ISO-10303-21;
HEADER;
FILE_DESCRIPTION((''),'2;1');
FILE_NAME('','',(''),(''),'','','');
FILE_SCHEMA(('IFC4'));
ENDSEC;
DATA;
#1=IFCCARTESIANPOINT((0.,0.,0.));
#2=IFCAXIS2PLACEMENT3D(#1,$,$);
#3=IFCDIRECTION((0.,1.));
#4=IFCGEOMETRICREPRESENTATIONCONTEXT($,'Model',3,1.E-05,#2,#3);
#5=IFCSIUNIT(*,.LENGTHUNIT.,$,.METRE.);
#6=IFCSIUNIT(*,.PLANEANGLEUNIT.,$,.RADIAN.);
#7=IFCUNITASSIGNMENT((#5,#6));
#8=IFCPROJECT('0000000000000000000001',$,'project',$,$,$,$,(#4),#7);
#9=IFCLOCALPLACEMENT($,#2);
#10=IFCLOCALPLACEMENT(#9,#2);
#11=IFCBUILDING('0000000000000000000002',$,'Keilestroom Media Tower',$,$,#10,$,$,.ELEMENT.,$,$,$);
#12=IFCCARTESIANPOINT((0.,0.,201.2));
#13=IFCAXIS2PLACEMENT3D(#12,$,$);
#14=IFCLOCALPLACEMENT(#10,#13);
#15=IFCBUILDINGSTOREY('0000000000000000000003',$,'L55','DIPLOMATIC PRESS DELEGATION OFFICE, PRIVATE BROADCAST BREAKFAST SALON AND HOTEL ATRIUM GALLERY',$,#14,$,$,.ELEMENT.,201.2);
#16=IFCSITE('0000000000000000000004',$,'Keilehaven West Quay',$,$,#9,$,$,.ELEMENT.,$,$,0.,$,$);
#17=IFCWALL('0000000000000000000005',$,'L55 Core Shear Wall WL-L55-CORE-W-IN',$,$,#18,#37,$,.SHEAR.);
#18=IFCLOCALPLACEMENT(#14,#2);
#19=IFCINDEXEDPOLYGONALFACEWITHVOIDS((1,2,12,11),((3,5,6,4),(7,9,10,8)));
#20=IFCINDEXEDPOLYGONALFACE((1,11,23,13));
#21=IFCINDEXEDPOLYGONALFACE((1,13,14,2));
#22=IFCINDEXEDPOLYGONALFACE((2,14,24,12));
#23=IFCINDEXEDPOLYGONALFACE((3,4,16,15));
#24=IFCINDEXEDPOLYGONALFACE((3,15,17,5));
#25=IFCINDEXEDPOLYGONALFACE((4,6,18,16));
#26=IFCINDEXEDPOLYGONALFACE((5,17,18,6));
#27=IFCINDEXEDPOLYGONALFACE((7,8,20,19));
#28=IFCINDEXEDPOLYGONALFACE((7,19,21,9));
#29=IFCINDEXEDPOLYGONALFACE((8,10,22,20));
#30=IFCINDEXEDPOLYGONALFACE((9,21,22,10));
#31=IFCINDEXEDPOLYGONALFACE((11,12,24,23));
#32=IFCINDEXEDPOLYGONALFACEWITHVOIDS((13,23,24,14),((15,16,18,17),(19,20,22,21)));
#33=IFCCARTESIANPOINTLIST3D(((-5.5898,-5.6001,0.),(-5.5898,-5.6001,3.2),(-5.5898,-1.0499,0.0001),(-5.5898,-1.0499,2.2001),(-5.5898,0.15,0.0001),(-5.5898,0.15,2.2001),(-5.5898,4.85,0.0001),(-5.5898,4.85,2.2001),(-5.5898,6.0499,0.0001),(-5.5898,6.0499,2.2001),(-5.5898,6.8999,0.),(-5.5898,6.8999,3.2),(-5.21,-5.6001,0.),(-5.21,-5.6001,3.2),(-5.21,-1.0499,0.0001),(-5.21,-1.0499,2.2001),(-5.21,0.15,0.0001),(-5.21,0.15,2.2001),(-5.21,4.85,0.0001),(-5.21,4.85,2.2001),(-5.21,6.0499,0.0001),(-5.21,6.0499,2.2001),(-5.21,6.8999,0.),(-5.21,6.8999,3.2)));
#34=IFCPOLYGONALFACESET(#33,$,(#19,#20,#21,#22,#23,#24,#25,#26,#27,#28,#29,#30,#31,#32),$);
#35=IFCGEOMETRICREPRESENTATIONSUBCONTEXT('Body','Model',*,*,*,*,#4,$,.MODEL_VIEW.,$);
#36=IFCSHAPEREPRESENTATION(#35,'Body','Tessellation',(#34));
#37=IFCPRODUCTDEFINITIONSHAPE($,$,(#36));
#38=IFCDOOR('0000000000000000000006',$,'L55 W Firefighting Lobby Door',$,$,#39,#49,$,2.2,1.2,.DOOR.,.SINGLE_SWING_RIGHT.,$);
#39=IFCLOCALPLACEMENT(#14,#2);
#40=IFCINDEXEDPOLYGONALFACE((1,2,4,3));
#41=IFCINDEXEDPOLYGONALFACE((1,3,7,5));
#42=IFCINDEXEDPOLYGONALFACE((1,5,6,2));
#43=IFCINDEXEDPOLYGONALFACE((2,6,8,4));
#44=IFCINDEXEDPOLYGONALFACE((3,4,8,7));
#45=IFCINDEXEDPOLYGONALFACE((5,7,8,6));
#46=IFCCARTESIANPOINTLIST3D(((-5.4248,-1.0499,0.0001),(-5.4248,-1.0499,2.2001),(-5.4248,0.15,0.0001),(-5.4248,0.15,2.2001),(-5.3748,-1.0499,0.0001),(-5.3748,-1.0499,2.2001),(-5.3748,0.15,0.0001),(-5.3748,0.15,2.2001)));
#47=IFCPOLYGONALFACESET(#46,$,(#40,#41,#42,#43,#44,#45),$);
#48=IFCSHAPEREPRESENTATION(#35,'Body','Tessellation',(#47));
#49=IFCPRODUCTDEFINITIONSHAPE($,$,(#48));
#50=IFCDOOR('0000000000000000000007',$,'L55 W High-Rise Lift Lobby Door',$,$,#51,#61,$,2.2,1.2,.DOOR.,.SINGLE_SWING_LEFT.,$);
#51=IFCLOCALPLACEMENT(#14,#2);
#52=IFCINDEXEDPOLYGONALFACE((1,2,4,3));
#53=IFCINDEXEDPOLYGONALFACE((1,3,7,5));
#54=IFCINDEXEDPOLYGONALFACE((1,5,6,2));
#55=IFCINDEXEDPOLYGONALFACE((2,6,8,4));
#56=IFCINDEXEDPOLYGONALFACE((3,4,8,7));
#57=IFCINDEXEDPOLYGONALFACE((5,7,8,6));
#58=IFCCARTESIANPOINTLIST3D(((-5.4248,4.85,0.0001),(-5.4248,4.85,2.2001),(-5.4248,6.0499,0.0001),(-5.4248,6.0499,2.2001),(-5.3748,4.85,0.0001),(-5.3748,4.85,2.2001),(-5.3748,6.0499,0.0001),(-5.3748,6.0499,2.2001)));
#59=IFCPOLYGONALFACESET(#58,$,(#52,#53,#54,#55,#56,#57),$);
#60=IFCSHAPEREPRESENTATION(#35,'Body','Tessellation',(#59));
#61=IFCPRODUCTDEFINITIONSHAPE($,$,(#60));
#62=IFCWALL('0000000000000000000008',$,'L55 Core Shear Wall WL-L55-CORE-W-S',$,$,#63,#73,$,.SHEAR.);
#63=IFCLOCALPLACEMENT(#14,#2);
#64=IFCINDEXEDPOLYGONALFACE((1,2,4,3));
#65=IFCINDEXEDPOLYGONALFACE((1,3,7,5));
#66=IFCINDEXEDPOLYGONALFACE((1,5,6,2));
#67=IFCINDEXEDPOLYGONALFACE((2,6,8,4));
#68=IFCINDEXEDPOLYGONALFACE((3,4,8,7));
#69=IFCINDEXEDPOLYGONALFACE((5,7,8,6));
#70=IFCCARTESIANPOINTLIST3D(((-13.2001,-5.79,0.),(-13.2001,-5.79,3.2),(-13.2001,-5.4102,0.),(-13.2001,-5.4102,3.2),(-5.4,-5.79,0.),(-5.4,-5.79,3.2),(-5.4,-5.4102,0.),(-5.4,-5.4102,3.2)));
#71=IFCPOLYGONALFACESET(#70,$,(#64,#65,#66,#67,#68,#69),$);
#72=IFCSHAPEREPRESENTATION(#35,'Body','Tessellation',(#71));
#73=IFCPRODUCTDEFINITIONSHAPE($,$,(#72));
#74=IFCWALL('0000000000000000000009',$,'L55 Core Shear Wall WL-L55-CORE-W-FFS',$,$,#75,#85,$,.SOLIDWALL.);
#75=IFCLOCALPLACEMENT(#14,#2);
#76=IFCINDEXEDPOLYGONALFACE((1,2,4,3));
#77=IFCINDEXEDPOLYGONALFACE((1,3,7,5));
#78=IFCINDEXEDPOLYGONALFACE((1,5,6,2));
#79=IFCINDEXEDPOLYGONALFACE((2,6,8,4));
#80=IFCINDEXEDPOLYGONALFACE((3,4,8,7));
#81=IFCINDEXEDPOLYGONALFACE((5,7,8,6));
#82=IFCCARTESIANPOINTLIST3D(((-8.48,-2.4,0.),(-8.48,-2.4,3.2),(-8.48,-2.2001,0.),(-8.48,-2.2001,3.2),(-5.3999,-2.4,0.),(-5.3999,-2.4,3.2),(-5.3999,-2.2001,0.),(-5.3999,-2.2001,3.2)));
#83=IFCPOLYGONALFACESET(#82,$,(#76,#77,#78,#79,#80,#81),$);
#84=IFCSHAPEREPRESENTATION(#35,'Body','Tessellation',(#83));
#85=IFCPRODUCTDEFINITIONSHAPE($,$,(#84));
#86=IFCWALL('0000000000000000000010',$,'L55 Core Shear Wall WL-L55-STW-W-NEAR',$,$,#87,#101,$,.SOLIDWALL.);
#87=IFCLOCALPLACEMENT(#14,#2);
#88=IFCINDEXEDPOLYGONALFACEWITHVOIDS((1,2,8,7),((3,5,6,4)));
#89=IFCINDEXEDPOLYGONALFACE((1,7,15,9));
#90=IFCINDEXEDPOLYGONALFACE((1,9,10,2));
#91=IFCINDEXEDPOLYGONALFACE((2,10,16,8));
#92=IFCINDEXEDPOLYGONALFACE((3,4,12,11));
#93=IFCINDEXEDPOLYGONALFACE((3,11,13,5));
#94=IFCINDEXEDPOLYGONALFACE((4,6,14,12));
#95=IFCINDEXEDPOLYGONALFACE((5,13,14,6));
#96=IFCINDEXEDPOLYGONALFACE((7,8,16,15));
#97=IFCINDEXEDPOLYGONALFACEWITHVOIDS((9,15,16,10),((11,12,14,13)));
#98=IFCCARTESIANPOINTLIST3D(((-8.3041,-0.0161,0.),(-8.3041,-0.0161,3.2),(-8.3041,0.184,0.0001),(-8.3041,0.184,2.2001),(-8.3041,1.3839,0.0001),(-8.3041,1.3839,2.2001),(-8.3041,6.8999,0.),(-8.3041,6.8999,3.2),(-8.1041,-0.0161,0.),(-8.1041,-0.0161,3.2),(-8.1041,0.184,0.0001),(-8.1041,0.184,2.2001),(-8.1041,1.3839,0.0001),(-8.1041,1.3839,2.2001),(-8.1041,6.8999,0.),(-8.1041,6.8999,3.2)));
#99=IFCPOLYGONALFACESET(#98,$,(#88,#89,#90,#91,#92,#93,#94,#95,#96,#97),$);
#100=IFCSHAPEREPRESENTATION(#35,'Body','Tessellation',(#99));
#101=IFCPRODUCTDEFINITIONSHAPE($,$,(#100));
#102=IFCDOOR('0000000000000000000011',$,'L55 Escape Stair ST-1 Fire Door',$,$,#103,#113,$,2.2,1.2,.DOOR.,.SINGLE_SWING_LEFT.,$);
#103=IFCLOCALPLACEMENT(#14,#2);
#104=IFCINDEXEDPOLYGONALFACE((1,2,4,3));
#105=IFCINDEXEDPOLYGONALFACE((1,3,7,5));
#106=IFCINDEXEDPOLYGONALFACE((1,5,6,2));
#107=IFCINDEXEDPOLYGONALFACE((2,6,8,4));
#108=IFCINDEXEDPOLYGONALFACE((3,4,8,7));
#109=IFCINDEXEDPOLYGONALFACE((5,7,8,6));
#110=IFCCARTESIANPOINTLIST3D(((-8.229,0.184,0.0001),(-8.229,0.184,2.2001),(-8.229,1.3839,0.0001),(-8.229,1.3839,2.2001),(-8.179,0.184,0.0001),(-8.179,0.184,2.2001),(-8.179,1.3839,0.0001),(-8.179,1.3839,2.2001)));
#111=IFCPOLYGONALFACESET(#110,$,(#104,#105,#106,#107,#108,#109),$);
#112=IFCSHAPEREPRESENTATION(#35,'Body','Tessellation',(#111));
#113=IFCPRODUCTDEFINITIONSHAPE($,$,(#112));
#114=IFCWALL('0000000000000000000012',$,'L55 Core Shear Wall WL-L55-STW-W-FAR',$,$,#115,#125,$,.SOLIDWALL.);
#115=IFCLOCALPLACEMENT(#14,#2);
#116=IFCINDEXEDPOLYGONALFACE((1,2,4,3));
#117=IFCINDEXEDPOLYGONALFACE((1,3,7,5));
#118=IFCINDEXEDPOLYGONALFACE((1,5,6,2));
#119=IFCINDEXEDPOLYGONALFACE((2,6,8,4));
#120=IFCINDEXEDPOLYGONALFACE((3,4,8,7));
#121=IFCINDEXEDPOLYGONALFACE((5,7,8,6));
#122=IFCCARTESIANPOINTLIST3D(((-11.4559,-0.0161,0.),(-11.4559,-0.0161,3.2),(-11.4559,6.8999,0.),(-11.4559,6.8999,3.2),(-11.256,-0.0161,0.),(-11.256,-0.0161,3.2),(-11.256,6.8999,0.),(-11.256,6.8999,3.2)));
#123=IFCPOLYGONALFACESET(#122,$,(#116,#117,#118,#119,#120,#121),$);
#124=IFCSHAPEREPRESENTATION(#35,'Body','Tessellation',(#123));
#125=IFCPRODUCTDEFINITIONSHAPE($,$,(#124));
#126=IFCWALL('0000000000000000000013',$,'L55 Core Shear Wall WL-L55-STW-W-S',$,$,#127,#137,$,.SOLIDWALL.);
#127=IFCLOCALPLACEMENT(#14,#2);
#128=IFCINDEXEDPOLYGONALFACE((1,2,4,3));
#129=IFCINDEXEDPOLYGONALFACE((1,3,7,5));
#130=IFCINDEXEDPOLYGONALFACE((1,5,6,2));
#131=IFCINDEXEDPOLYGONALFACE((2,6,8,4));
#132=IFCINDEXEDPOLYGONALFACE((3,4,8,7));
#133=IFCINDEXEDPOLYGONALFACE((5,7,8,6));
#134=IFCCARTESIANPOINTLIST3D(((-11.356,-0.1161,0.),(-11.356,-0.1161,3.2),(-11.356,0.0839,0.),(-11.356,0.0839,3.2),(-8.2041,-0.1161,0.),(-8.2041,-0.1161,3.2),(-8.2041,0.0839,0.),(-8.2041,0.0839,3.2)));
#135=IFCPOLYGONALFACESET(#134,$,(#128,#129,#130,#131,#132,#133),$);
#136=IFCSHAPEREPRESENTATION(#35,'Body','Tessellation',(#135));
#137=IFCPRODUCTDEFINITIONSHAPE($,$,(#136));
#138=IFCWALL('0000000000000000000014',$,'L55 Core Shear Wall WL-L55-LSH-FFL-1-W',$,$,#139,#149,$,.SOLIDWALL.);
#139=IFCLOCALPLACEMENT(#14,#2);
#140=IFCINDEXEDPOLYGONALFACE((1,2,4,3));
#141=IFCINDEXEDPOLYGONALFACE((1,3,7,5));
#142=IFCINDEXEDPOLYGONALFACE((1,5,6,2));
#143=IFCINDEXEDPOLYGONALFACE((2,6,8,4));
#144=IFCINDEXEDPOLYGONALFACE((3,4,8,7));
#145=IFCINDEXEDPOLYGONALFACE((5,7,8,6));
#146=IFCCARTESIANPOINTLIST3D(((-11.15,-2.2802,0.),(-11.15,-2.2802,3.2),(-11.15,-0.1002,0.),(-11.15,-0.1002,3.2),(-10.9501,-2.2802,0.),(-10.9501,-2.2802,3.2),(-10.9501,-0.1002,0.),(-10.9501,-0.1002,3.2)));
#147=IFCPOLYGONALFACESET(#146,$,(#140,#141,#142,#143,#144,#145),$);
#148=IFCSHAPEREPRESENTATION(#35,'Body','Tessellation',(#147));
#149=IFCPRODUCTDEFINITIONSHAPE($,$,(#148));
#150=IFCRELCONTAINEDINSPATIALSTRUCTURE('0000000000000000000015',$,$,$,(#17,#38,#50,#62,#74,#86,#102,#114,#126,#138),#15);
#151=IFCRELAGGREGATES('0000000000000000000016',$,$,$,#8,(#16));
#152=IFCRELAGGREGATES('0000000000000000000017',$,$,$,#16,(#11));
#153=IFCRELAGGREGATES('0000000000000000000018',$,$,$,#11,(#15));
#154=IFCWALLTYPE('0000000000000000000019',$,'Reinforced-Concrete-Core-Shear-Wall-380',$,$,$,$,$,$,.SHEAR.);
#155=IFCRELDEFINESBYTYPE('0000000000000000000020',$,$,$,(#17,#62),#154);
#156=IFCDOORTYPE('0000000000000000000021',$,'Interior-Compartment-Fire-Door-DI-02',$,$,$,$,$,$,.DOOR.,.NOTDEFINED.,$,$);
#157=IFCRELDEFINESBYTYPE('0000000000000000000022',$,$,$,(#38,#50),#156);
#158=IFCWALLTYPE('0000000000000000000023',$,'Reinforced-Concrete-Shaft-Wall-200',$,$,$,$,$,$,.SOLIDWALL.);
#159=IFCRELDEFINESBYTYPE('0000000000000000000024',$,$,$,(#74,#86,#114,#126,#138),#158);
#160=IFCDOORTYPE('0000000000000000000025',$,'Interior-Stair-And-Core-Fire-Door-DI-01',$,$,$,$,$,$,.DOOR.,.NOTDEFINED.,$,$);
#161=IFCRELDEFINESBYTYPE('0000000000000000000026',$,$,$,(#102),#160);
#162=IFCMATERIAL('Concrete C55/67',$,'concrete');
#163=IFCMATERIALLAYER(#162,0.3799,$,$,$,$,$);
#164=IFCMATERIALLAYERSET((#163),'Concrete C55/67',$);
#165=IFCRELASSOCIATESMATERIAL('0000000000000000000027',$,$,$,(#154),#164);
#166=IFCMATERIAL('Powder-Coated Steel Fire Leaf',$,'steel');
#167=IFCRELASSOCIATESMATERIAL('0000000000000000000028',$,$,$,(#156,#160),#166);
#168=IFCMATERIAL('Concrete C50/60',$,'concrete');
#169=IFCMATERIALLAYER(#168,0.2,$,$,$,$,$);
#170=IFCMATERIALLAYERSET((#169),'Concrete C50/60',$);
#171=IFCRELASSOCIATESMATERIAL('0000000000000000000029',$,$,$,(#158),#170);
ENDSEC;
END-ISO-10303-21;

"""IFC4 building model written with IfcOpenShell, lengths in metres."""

from ifc_helpers import new_model, si_unit, direction, frame, frame_2d, origin, place, context, subcontext, project, spatial, rectangle, extrude, source, transform, mapped, material, layer, layer_set, type_object, element, fill, save


model = new_model("IFC4")

# Units and contexts
model_context = context("Model", 3, precision=1e-05, world=origin(), true_north=direction((0.0, 1.0)))
body_context = subcontext(model_context, "Body", "Model", "MODEL_VIEW")
ifc_project = project(units=[si_unit("LENGTHUNIT", "METRE"), si_unit("PLANEANGLEUNIT", "RADIAN")], contexts=[model_context])

# Site, building, storey
site_placement = place(None, origin())
site = spatial("IfcSite", under=ifc_project, at=site_placement, Name="Keilehaven West Quay", CompositionType="ELEMENT", RefElevation=0.0)
building_placement = place(site_placement, origin())
building = spatial("IfcBuilding", under=site, at=building_placement, Name="Keilestroom Media Tower", CompositionType="ELEMENT")
storey_placement = place(building_placement, frame((0.0, 0.0, 201.2)))
storey = spatial("IfcBuildingStorey", under=building, at=storey_placement, Name="L55", Description="DIPLOMATIC PRESS DELEGATION OFFICE, PRIVATE BROADCAST BREAKFAST SALON AND HOTEL ATRIUM GALLERY", CompositionType="ELEMENT", Elevation=201.2)

# Shared definitions
ifc_material_1 = material(Name="Concrete C55/67", Category="concrete")

# Shared definitions
ifc_layer_1 = layer(ifc_material_1, 0.3799)
ifc_layer_set_1 = layer_set([ifc_layer_1], Name="Concrete C55/67")
wall_type_1 = type_object("IfcWallType", Name="Reinforced-Concrete-Core-Shear-Wall-380", PredefinedType="SHEAR", material=ifc_layer_set_1)

# Wall, openings, doors
wall_1_placement = place(storey_placement, frame((-5.3999, -5.6001, 0.0), z_axis=(0.0, 0.0, 1.0), x_axis=(0.0, 1.0, 0.0)))
wall_1 = element("IfcWall", 1, at=wall_1_placement, inside=storey, type_object=wall_type_1, Name="L55 Core Shear Wall WL-L55-CORE-W-IN", PredefinedType="SHEAR", context=body_context, shape_type="SweptSolid", body=[
    extrude(rectangle(XDim=12.5, YDim=0.3799, at=frame_2d((6.25, 0.0))), origin(), (0.0, 0.0, 1.0), 3.2),
])
opening_1_placement = place(wall_1_placement, frame((4.55, 0.0, 0.0)))
opening_1 = element("IfcOpeningElement", 2, at=opening_1_placement, cuts=wall_1, PredefinedType="OPENING", context=body_context, shape_type="SweptSolid", body=[
    extrude(rectangle(XDim=1.2, YDim=2.2, at=frame_2d((0.6001, 1.1001))), frame((0.0, 0.2, 0.0), z_axis=(0.0, -1.0, 0.0), x_axis=(1.0, 0.0, 0.0)), (0.0, 0.0, 1.0), 0.3999),
])
opening_2_placement = place(wall_1_placement, frame((10.45, 0.0, 0.0)))
opening_2 = element("IfcOpeningElement", 3, at=opening_2_placement, cuts=wall_1, PredefinedType="OPENING", context=body_context, shape_type="SweptSolid", body=[
    extrude(rectangle(XDim=1.2, YDim=2.2, at=frame_2d((0.6001, 1.1001))), frame((0.0, 0.2, 0.0), z_axis=(0.0, -1.0, 0.0), x_axis=(1.0, 0.0, 0.0)), (0.0, 0.0, 1.0), 0.3999),
])
ifc_material_2 = material(Name="Powder-Coated Steel Fire Leaf", Category="steel")
door_type_1 = type_object("IfcDoorType", Name="Interior-Compartment-Fire-Door-DI-02", OperationType="NOTDEFINED", PredefinedType="DOOR", material=ifc_material_2)
shared_shape_1 = source(origin(), body_context, "Body", "SweptSolid", [
    extrude(rectangle(XDim=1.2, YDim=2.2, at=frame_2d((0.6001, 1.1001))), frame((0.0, 0.0249, 0.0), z_axis=(0.0, -1.0, 0.0), x_axis=(1.0, 0.0, 0.0)), (0.0, 0.0, 1.0), 0.05),
])
door_1_placement = place(opening_1_placement, origin())
door_1 = element("IfcDoor", 4, at=door_1_placement, inside=storey, type_object=door_type_1, Name="L55 W Firefighting Lobby Door", OperationType="SINGLE_SWING_RIGHT", OverallHeight=2.2, OverallWidth=1.2, PredefinedType="DOOR", context=body_context, shape_type="MappedRepresentation", body=[
    mapped(shared_shape_1, transform((0.0, 0.0, 0.0), x_axis=(1.0, 0.0, 0.0), y_axis=(0.0, 1.0, 0.0), z_axis=(0.0, 0.0, 1.0), scale=1.0)),
])
fill(opening_1, door_1)
door_2_placement = place(opening_2_placement, origin())
door_2 = element("IfcDoor", 5, at=door_2_placement, inside=storey, type_object=door_type_1, Name="L55 W High-Rise Lift Lobby Door", OperationType="SINGLE_SWING_LEFT", OverallHeight=2.2, OverallWidth=1.2, PredefinedType="DOOR", context=body_context, shape_type="MappedRepresentation", body=[
    mapped(shared_shape_1, transform((0.0, 0.0, 0.0), x_axis=(1.0, 0.0, 0.0), y_axis=(0.0, 1.0, 0.0), z_axis=(0.0, 0.0, 1.0), scale=1.0)),
])
fill(opening_2, door_2)

# Walls
wall_2_placement = place(storey_placement, frame((-13.2, -5.6001, 0.0), z_axis=(0.0, 0.0, 1.0), x_axis=(1.0, 0.0, 0.0)))
element("IfcWall", 6, at=wall_2_placement, inside=storey, type_object=wall_type_1, Name="L55 Core Shear Wall WL-L55-CORE-W-S", PredefinedType="SHEAR", context=body_context, shape_type="SweptSolid", body=[
    extrude(rectangle(XDim=7.8, YDim=0.3799, at=frame_2d((3.8999, 0.0))), origin(), (0.0, 0.0, 1.0), 3.2),
])
ifc_material_3 = material(Name="Concrete C50/60", Category="concrete")
ifc_layer_2 = layer(ifc_material_3, 0.2)
ifc_layer_set_2 = layer_set([ifc_layer_2], Name="Concrete C50/60")
wall_type_2 = type_object("IfcWallType", Name="Reinforced-Concrete-Shaft-Wall-200", PredefinedType="SOLIDWALL", material=ifc_layer_set_2)
wall_3_placement = place(storey_placement, frame((-8.48, -2.3, 0.0), z_axis=(0.0, 0.0, 1.0), x_axis=(1.0, 0.0, 0.0)))
element("IfcWall", 7, at=wall_3_placement, inside=storey, type_object=wall_type_2, Name="L55 Core Shear Wall WL-L55-CORE-W-FFS", PredefinedType="SOLIDWALL", context=body_context, shape_type="SweptSolid", body=[
    extrude(rectangle(XDim=3.0801, YDim=0.2, at=frame_2d((1.54, 0.0))), origin(), (0.0, 0.0, 1.0), 3.2),
])

# Wall, opening, door
wall_4_placement = place(storey_placement, frame((-8.2041, -0.0161, 0.0), z_axis=(0.0, 0.0, 1.0), x_axis=(0.0, 1.0, 0.0)))
wall_4 = element("IfcWall", 8, at=wall_4_placement, inside=storey, type_object=wall_type_2, Name="L55 Core Shear Wall WL-L55-STW-W-NEAR", PredefinedType="SOLIDWALL", context=body_context, shape_type="SweptSolid", body=[
    extrude(rectangle(XDim=6.916, YDim=0.2, at=frame_2d((3.458, 0.0))), origin(), (0.0, 0.0, 1.0), 3.2),
])
opening_3_placement = place(wall_4_placement, frame((0.2, 0.0, 0.0)))
opening_3 = element("IfcOpeningElement", 9, at=opening_3_placement, cuts=wall_4, PredefinedType="OPENING", context=body_context, shape_type="SweptSolid", body=[
    extrude(rectangle(XDim=1.2, YDim=2.2, at=frame_2d((0.6001, 1.1001))), frame((0.0, 0.1099, 0.0), z_axis=(0.0, -1.0, 0.0), x_axis=(1.0, 0.0, 0.0)), (0.0, 0.0, 1.0), 0.22),
])
door_type_2 = type_object("IfcDoorType", Name="Interior-Stair-And-Core-Fire-Door-DI-01", OperationType="NOTDEFINED", PredefinedType="DOOR", material=ifc_material_2)
door_3_placement = place(opening_3_placement, origin())
door_3 = element("IfcDoor", 10, at=door_3_placement, inside=storey, type_object=door_type_2, Name="L55 Escape Stair ST-1 Fire Door", OperationType="SINGLE_SWING_LEFT", OverallHeight=2.2, OverallWidth=1.2, PredefinedType="DOOR", context=body_context, shape_type="MappedRepresentation", body=[
    mapped(shared_shape_1, transform((0.0, 0.0, 0.0), x_axis=(1.0, 0.0, 0.0), y_axis=(0.0, 1.0, 0.0), z_axis=(0.0, 0.0, 1.0), scale=1.0)),
])
fill(opening_3, door_3)

# Walls
wall_5_placement = place(storey_placement, frame((-11.356, -0.0161, 0.0), z_axis=(0.0, 0.0, 1.0), x_axis=(0.0, 1.0, 0.0)))
element("IfcWall", 11, at=wall_5_placement, inside=storey, type_object=wall_type_2, Name="L55 Core Shear Wall WL-L55-STW-W-FAR", PredefinedType="SOLIDWALL", context=body_context, shape_type="SweptSolid", body=[
    extrude(rectangle(XDim=6.916, YDim=0.2, at=frame_2d((3.458, 0.0))), origin(), (0.0, 0.0, 1.0), 3.2),
])
wall_6_placement = place(storey_placement, frame((-11.356, -0.0161, 0.0), z_axis=(0.0, 0.0, 1.0), x_axis=(1.0, 0.0, 0.0)))
element("IfcWall", 12, at=wall_6_placement, inside=storey, type_object=wall_type_2, Name="L55 Core Shear Wall WL-L55-STW-W-S", PredefinedType="SOLIDWALL", context=body_context, shape_type="SweptSolid", body=[
    extrude(rectangle(XDim=3.1519, YDim=0.2, at=frame_2d((1.5759, 0.0))), origin(), (0.0, 0.0, 1.0), 3.2),
])
wall_7_placement = place(storey_placement, frame((-11.05, -2.28, 0.0), z_axis=(0.0, 0.0, 1.0), x_axis=(0.0, 1.0, 0.0)))
element("IfcWall", 13, at=wall_7_placement, inside=storey, type_object=wall_type_2, Name="L55 Core Shear Wall WL-L55-LSH-FFL-1-W", PredefinedType="SOLIDWALL", context=body_context, shape_type="SweptSolid", body=[
    extrude(rectangle(XDim=2.1799, YDim=0.2, at=frame_2d((1.0898, 0.0))), origin(), (0.0, 0.0, 1.0), 3.2),
])

save(model, "model.ifc")
